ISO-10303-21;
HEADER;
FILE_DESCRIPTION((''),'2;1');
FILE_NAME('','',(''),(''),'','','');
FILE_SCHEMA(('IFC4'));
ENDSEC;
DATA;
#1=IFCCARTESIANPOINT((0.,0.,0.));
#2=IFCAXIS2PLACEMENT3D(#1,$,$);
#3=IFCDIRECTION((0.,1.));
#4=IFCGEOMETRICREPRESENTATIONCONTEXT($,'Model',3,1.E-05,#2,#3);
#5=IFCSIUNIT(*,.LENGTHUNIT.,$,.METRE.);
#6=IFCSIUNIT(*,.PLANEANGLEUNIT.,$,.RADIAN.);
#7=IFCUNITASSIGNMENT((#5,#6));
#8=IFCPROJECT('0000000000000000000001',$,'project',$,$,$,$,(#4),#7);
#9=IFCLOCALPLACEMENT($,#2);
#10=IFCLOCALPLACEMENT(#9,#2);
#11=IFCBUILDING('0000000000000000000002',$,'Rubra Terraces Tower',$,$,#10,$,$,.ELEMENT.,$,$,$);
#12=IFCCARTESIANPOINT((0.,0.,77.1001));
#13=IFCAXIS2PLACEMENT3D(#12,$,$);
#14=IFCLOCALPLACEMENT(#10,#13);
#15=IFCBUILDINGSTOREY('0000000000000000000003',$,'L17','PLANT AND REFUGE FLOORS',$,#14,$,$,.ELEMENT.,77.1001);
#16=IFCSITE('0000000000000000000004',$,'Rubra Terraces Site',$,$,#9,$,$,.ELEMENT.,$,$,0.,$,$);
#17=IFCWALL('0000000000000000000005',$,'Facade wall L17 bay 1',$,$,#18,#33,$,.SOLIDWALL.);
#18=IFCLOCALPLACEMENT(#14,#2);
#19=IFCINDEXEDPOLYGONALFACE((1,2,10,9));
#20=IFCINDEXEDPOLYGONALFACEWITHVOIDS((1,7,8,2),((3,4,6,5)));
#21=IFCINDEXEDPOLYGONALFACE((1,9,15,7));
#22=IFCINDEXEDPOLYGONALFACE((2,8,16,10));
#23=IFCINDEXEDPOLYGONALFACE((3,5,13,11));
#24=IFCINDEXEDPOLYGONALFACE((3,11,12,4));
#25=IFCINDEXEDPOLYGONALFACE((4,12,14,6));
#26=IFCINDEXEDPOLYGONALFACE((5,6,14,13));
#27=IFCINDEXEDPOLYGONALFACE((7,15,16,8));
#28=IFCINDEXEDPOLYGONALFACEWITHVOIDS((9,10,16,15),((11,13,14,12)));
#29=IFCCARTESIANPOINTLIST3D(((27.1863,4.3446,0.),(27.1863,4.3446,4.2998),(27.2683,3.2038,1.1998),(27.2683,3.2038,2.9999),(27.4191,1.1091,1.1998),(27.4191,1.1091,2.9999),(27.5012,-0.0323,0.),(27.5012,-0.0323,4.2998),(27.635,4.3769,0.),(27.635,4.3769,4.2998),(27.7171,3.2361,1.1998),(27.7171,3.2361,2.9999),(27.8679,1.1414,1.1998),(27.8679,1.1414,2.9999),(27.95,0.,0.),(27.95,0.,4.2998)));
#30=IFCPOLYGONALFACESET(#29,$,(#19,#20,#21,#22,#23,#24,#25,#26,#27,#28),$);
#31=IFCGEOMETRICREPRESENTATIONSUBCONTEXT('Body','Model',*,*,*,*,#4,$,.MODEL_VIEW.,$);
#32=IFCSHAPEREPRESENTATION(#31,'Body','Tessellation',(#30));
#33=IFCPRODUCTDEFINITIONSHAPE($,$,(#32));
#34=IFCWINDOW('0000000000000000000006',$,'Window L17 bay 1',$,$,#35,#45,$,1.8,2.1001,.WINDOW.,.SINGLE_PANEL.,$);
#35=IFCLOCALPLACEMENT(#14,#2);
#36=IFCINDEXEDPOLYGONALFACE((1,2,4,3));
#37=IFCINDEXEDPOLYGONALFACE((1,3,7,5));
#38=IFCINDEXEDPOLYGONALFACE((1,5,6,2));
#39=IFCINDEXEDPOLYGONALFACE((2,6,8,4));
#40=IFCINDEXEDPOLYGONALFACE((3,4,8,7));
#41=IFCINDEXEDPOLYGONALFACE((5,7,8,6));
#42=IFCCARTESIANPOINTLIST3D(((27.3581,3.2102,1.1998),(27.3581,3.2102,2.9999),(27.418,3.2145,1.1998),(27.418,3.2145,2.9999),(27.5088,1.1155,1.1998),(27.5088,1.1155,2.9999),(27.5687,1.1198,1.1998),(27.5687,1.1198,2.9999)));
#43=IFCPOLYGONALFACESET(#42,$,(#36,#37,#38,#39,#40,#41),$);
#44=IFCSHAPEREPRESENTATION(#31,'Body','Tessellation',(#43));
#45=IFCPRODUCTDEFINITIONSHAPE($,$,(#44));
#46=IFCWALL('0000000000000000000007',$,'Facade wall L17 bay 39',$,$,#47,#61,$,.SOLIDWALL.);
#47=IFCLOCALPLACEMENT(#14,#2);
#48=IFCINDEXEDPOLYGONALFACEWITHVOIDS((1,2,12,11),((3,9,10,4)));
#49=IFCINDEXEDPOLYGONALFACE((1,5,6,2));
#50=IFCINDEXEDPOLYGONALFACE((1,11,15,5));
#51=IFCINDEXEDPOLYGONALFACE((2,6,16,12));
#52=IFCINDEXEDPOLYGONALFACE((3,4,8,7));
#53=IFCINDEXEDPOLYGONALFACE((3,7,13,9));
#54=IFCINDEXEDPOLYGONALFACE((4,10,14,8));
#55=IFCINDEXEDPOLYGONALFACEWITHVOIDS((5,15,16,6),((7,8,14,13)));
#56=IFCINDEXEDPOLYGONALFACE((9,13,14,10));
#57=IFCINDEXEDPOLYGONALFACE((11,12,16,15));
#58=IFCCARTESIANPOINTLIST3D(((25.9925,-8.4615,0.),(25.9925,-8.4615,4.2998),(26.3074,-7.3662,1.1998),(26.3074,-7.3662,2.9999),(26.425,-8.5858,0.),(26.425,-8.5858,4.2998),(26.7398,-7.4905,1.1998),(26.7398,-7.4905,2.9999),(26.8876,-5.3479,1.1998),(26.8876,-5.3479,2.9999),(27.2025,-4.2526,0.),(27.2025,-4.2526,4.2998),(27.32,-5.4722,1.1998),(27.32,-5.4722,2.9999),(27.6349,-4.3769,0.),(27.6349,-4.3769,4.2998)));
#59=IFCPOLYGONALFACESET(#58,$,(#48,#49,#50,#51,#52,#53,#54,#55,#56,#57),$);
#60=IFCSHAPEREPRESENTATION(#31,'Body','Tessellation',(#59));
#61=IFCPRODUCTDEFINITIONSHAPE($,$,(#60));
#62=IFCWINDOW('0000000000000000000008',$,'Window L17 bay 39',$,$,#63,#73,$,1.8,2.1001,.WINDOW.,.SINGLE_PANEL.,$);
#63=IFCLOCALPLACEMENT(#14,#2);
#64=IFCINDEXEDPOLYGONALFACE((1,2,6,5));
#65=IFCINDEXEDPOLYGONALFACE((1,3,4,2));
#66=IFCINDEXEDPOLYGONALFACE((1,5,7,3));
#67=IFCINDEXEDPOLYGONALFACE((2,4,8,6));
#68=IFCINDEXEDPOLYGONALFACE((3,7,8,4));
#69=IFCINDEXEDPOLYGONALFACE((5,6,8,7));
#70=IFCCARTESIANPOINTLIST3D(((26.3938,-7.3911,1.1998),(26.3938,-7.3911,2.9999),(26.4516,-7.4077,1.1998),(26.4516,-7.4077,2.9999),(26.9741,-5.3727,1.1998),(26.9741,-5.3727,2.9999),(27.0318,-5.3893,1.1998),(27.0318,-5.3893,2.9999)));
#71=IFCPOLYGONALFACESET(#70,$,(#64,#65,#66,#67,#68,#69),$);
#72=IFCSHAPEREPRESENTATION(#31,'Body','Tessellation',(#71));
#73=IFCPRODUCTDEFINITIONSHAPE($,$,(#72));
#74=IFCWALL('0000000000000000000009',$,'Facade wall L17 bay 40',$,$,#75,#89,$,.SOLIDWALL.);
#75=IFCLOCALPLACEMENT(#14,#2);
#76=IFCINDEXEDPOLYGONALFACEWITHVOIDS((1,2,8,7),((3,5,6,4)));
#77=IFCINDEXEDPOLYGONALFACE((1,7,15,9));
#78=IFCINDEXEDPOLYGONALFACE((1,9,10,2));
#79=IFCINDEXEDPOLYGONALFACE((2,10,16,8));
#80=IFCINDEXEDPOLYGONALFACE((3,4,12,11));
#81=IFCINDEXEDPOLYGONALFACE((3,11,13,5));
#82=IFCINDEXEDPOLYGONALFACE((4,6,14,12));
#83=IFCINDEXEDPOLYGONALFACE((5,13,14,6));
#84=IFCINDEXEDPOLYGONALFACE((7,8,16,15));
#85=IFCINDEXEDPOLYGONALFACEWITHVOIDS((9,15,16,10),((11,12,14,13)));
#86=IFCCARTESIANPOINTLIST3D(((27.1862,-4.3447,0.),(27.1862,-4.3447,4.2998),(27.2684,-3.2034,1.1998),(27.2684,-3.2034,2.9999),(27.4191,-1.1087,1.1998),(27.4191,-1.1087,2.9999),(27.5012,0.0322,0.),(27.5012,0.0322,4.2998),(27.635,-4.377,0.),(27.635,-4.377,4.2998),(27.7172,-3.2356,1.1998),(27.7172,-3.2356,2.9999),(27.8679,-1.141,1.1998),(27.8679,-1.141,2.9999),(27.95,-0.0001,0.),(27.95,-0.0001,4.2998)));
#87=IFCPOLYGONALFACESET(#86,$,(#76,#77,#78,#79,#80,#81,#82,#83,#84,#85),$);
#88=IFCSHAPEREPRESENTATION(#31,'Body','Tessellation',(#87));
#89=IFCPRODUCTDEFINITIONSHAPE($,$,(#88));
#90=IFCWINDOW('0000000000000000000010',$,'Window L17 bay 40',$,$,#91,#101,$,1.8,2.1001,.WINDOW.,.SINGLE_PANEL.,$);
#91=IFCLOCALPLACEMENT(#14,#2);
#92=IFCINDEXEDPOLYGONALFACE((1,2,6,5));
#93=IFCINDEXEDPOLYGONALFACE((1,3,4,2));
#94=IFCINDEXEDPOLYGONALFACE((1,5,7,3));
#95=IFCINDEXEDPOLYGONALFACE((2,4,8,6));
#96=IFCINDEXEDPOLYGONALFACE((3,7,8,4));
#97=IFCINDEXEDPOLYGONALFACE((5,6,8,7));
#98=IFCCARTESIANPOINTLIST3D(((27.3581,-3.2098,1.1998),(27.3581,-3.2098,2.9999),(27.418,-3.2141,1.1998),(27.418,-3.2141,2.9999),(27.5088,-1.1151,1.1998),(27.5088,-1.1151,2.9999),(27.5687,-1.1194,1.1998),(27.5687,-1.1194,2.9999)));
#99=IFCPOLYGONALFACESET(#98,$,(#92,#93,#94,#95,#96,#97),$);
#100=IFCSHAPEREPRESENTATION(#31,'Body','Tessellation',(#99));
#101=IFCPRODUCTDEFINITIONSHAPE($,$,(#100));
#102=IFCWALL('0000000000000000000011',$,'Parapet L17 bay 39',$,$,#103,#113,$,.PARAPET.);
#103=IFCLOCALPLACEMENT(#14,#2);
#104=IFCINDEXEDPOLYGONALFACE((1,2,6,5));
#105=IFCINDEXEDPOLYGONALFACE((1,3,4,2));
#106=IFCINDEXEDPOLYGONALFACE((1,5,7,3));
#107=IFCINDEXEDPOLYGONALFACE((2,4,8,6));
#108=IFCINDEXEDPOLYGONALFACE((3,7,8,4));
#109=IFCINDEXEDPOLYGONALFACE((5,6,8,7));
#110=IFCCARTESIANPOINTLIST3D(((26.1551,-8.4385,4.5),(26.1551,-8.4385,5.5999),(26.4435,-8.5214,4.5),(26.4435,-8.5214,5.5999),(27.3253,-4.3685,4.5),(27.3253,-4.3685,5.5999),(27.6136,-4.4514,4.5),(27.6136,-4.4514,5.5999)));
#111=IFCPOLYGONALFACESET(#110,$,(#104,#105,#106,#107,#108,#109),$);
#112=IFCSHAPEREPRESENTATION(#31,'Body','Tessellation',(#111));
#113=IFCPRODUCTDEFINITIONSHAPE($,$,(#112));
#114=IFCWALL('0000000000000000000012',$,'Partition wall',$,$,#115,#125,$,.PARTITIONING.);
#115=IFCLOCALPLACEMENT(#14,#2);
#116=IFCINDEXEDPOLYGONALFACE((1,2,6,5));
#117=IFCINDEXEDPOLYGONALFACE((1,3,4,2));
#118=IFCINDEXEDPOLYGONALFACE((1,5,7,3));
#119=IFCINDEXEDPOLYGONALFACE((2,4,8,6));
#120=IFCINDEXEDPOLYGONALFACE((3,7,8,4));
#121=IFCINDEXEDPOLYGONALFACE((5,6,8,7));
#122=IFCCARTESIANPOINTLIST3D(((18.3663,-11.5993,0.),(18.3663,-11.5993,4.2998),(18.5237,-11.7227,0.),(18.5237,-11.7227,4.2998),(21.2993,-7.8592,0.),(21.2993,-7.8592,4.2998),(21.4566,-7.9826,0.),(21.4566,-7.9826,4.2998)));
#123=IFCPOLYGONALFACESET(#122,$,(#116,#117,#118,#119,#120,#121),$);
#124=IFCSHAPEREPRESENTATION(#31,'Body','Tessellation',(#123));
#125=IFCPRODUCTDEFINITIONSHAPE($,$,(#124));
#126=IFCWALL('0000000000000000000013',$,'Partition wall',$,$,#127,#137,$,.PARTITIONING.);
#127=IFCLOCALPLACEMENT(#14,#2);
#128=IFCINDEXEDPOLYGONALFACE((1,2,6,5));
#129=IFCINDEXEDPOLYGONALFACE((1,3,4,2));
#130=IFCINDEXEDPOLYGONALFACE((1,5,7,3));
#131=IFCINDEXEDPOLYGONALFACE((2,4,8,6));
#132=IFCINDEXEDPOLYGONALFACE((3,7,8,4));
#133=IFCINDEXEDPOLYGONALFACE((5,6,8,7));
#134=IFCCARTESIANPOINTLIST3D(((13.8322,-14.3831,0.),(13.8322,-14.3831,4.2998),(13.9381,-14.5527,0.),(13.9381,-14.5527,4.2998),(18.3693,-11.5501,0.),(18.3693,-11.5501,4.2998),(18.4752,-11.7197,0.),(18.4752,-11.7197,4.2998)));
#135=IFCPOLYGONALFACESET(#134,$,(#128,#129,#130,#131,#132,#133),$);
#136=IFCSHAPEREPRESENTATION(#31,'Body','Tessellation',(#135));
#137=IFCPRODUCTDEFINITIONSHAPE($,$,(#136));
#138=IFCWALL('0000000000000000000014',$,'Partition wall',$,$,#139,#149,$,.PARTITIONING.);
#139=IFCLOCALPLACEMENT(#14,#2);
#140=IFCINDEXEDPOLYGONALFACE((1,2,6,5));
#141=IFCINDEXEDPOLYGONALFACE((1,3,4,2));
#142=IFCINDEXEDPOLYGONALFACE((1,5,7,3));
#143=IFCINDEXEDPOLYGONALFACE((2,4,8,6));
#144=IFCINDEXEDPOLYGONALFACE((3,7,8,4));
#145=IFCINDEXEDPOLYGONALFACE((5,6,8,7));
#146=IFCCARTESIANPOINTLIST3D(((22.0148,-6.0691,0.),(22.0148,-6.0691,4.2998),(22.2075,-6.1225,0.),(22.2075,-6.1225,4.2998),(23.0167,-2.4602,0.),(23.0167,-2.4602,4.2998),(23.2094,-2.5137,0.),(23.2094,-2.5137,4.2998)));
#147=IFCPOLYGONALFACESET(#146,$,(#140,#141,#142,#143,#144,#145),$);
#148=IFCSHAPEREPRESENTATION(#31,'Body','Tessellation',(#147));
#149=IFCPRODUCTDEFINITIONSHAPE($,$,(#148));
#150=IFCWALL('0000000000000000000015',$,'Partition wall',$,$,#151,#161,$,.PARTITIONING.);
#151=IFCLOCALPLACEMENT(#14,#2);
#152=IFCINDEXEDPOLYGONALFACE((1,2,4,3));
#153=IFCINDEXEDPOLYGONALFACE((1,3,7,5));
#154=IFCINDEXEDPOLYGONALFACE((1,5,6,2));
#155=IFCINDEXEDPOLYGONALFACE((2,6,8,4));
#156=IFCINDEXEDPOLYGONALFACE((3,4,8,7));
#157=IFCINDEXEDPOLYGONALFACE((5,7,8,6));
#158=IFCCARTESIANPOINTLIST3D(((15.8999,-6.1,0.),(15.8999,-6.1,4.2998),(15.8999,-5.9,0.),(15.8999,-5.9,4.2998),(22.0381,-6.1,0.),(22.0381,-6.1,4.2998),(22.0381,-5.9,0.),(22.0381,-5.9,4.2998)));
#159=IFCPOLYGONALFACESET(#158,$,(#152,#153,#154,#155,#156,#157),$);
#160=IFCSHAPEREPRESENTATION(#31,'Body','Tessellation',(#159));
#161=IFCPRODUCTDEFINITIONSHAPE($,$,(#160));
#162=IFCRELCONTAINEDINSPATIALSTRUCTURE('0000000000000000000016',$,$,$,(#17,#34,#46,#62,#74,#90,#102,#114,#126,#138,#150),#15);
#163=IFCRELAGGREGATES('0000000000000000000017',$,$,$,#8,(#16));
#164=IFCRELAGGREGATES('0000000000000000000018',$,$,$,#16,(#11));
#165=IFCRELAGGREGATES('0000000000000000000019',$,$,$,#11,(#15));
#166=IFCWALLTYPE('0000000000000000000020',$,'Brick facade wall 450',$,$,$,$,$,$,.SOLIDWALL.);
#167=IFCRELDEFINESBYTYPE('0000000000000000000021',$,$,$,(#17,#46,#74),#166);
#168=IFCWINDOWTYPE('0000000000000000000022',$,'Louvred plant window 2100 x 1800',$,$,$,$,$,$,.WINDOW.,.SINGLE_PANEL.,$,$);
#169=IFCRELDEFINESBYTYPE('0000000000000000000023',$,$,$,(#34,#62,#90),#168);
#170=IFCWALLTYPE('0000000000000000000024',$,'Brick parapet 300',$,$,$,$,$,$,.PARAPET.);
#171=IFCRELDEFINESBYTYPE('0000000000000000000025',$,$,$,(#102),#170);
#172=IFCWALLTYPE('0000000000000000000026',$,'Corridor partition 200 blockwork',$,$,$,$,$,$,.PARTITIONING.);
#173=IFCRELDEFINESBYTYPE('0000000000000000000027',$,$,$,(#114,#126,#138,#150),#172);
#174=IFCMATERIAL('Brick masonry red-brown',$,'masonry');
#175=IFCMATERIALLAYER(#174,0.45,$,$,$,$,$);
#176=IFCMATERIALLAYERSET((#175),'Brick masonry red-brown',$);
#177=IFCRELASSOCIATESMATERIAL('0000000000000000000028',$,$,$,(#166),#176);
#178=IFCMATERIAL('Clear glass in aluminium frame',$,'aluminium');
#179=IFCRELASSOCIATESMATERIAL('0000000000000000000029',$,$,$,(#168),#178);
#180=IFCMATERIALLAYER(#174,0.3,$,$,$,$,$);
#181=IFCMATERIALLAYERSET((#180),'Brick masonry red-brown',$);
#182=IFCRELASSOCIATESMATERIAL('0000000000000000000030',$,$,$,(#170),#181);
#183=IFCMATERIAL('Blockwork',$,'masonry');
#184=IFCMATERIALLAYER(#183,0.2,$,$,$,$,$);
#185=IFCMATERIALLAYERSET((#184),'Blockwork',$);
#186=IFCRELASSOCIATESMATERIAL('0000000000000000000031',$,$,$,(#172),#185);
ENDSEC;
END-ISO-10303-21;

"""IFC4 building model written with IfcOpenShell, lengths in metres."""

from ifc_helpers import new_model, si_unit, direction, frame, frame_2d, origin, place, context, subcontext, project, spatial, rectangle, extrude, material, layer, layer_set, type_object, element, fill, save


model = new_model("IFC4")

# Units and contexts
model_context = context("Model", 3, precision=1e-05, world=origin(), true_north=direction((0.0, 1.0)))
body_context = subcontext(model_context, "Body", "Model", "MODEL_VIEW")
ifc_project = project(units=[si_unit("LENGTHUNIT", "METRE"), si_unit("PLANEANGLEUNIT", "RADIAN")], contexts=[model_context])

# Site, building, storey
site_placement = place(None, origin())
site = spatial("IfcSite", under=ifc_project, at=site_placement, Name="Rubra Terraces Site", CompositionType="ELEMENT", RefElevation=0.0)
building_placement = place(site_placement, origin())
building = spatial("IfcBuilding", under=site, at=building_placement, Name="Rubra Terraces Tower", CompositionType="ELEMENT")
storey_placement = place(building_placement, frame((0.0, 0.0, 77.1001)))
storey = spatial("IfcBuildingStorey", under=building, at=storey_placement, Name="L17", Description="PLANT AND REFUGE FLOORS", CompositionType="ELEMENT", Elevation=77.1001)

# Walls, openings, windows
ifc_material_1 = material(Name="Brick masonry red-brown", Category="masonry")
ifc_layer_1 = layer(ifc_material_1, 0.45)
ifc_layer_set_1 = layer_set([ifc_layer_1], Name="Brick masonry red-brown")
wall_type_1 = type_object("IfcWallType", Name="Brick facade wall 450", PredefinedType="SOLIDWALL", material=ifc_layer_set_1)
wall_1_placement = place(storey_placement, frame((27.7256, -0.0161, 0.0), z_axis=(0.0, 0.0, 1.0), x_axis=(-0.071769, 0.997421, 0.0)))
wall_1 = element("IfcWall", 1, at=wall_1_placement, inside=storey, type_object=wall_type_1, Name="Facade wall L17 bay 1", PredefinedType="SOLIDWALL", context=body_context, shape_type="SweptSolid", body=[
    extrude(rectangle(XDim=4.3882, YDim=0.45, at=frame_2d((2.1941, 0.0))), origin(), (0.0, 0.0, 1.0), 4.2998),
])
opening_1_placement = place(wall_1_placement, frame((1.1443, 0.0, 1.2)))
opening_1 = element("IfcOpeningElement", 2, at=opening_1_placement, cuts=wall_1, PredefinedType="OPENING", context=body_context, shape_type="SweptSolid", body=[
    extrude(rectangle(XDim=2.1001, YDim=1.8, at=frame_2d((1.05, 0.8999))), frame((0.0, 0.2349, 0.0), z_axis=(0.0, -1.0, 0.0), x_axis=(1.0, 0.0, 0.0)), (0.0, 0.0, 1.0), 0.47),
])
ifc_material_2 = material(Name="Clear glass in aluminium frame", Category="aluminium")
window_type = type_object("IfcWindowType", Name="Louvred plant window 2100 x 1800", PartitioningType="SINGLE_PANEL", PredefinedType="WINDOW", material=ifc_material_2)
window_1_placement = place(opening_1_placement, origin())
window_1 = element("IfcWindow", 3, at=window_1_placement, inside=storey, type_object=window_type, Name="Window L17 bay 1", OverallHeight=1.8, OverallWidth=2.1001, PartitioningType="SINGLE_PANEL", PredefinedType="WINDOW", context=body_context, shape_type="SweptSolid", body=[
    extrude(rectangle(XDim=2.1001, YDim=1.8, at=frame_2d((1.05, 0.8999))), frame((0.0, 0.135, 0.0), z_axis=(0.0, -1.0, 0.0), x_axis=(1.0, 0.0, 0.0)), (0.0, 0.0, 1.0), 0.0601),
])
fill(opening_1, window_1)
wall_2_placement = place(storey_placement, frame((26.2087, -8.5237, 0.0), z_axis=(0.0, 0.0, 1.0), x_axis=(0.276282, 0.961077, 0.0)))
wall_2 = element("IfcWall", 4, at=wall_2_placement, inside=storey, type_object=wall_type_1, Name="Facade wall L17 bay 39", PredefinedType="SOLIDWALL", context=body_context, shape_type="SweptSolid", body=[
    extrude(rectangle(XDim=4.3794, YDim=0.45, at=frame_2d((2.1897, 0.0))), origin(), (0.0, 0.0, 1.0), 4.2998),
])
opening_2_placement = place(wall_2_placement, frame((1.1396, 0.0, 1.2)))
opening_2 = element("IfcOpeningElement", 5, at=opening_2_placement, cuts=wall_2, PredefinedType="OPENING", context=body_context, shape_type="SweptSolid", body=[
    extrude(rectangle(XDim=2.1001, YDim=1.8, at=frame_2d((1.05, 0.8999))), frame((0.0, 0.2349, 0.0), z_axis=(0.0, -1.0, 0.0), x_axis=(1.0, 0.0, 0.0)), (0.0, 0.0, 1.0), 0.47),
])
window_2_placement = place(opening_2_placement, origin())
window_2 = element("IfcWindow", 6, at=window_2_placement, inside=storey, type_object=window_type, Name="Window L17 bay 39", OverallHeight=1.8, OverallWidth=2.1001, PartitioningType="SINGLE_PANEL", PredefinedType="WINDOW", context=body_context, shape_type="SweptSolid", body=[
    extrude(rectangle(XDim=2.1001, YDim=1.8, at=frame_2d((1.05, 0.8999))), frame((0.0, 0.135, 0.0), z_axis=(0.0, -1.0, 0.0), x_axis=(1.0, 0.0, 0.0)), (0.0, 0.0, 1.0), 0.0601),
])
fill(opening_2, window_2)
wall_3_placement = place(storey_placement, frame((27.4106, -4.3608, 0.0), z_axis=(0.0, 0.0, 1.0), x_axis=(0.071769, 0.997421, 0.0)))
wall_3 = element("IfcWall", 7, at=wall_3_placement, inside=storey, type_object=wall_type_1, Name="Facade wall L17 bay 40", PredefinedType="SOLIDWALL", context=body_context, shape_type="SweptSolid", body=[
    extrude(rectangle(XDim=4.3882, YDim=0.45, at=frame_2d((2.1941, 0.0))), origin(), (0.0, 0.0, 1.0), 4.2998),
])
opening_3_placement = place(wall_3_placement, frame((1.1443, 0.0, 1.2)))
opening_3 = element("IfcOpeningElement", 8, at=opening_3_placement, cuts=wall_3, PredefinedType="OPENING", context=body_context, shape_type="SweptSolid", body=[
    extrude(rectangle(XDim=2.1001, YDim=1.8, at=frame_2d((1.05, 0.8999))), frame((0.0, 0.2349, 0.0), z_axis=(0.0, -1.0, 0.0), x_axis=(1.0, 0.0, 0.0)), (0.0, 0.0, 1.0), 0.47),
])
window_3_placement = place(opening_3_placement, origin())
window_3 = element("IfcWindow", 9, at=window_3_placement, inside=storey, type_object=window_type, Name="Window L17 bay 40", OverallHeight=1.8, OverallWidth=2.1001, PartitioningType="SINGLE_PANEL", PredefinedType="WINDOW", context=body_context, shape_type="SweptSolid", body=[
    extrude(rectangle(XDim=2.1001, YDim=1.8, at=frame_2d((1.05, 0.8999))), frame((0.0, 0.135, 0.0), z_axis=(0.0, -1.0, 0.0), x_axis=(1.0, 0.0, 0.0)), (0.0, 0.0, 1.0), 0.0601),
])
fill(opening_3, window_3)

# Walls
ifc_layer_2 = layer(ifc_material_1, 0.3)
ifc_layer_set_2 = layer_set([ifc_layer_2], Name="Brick masonry red-brown")
wall_type_2 = type_object("IfcWallType", Name="Brick parapet 300", PredefinedType="PARAPET", material=ifc_layer_set_2)
wall_4_placement = place(storey_placement, frame((26.2993, -8.48, 4.5), z_axis=(0.0, 0.0, 1.0), x_axis=(0.276312, 0.961068, 0.0)))
element("IfcWall", 10, at=wall_4_placement, inside=storey, type_object=wall_type_2, Name="Parapet L17 bay 39", PredefinedType="PARAPET", context=body_context, shape_type="SweptSolid", body=[
    extrude(rectangle(XDim=4.2349, YDim=0.3, at=frame_2d((2.1174, 0.0))), origin(), (0.0, 0.0, 1.0), 1.0999),
])
ifc_material_3 = material(Name="Blockwork", Category="masonry")
ifc_layer_3 = layer(ifc_material_3, 0.2)
ifc_layer_set_3 = layer_set([ifc_layer_3], Name="Blockwork")
wall_type_3 = type_object("IfcWallType", Name="Corridor partition 200 blockwork", PredefinedType="PARTITIONING", material=ifc_layer_set_3)
wall_5_placement = place(storey_placement, frame((21.3779, -7.9209, 0.0), z_axis=(0.0, 0.0, 1.0), x_axis=(-0.617079, -0.786901, 0.0)))
element("IfcWall", 11, at=wall_5_placement, inside=storey, type_object=wall_type_3, Name="Partition wall", PredefinedType="PARTITIONING", context=body_context, shape_type="SweptSolid", body=[
    extrude(rectangle(XDim=4.7529, YDim=0.2, at=frame_2d((2.3765, 0.0))), origin(), (0.0, 0.0, 1.0), 4.2998),
])
wall_6_placement = place(storey_placement, frame((18.4221, -11.635, 0.0), z_axis=(0.0, 0.0, 1.0), x_axis=(-0.848224, -0.529638, 0.0)))
element("IfcWall", 12, at=wall_6_placement, inside=storey, type_object=wall_type_3, Name="Partition wall", PredefinedType="PARTITIONING", context=body_context, shape_type="SweptSolid", body=[
    extrude(rectangle(XDim=5.3489, YDim=0.2, at=frame_2d((2.6743, 0.0))), origin(), (0.0, 0.0, 1.0), 4.2998),
])
wall_7_placement = place(storey_placement, frame((23.113, -2.4871, 0.0), z_axis=(0.0, 0.0, 1.0), x_axis=(-0.267516, -0.963553, 0.0)))
element("IfcWall", 13, at=wall_7_placement, inside=storey, type_object=wall_type_3, Name="Partition wall", PredefinedType="PARTITIONING", context=body_context, shape_type="SweptSolid", body=[
    extrude(rectangle(XDim=3.7454, YDim=0.2, at=frame_2d((1.8726, 0.0))), origin(), (0.0, 0.0, 1.0), 4.2998),
])
wall_8_placement = place(storey_placement, frame((22.0381, -6.0, 0.0), z_axis=(0.0, 0.0, 1.0), x_axis=(-1.0, 0.0, 0.0)))
element("IfcWall", 14, at=wall_8_placement, inside=storey, type_object=wall_type_3, Name="Partition wall", PredefinedType="PARTITIONING", context=body_context, shape_type="SweptSolid", body=[
    extrude(rectangle(XDim=6.1382, YDim=0.2, at=frame_2d((3.0691, 0.0))), origin(), (0.0, 0.0, 1.0), 4.2998),
])

save(model, "model.ifc")
